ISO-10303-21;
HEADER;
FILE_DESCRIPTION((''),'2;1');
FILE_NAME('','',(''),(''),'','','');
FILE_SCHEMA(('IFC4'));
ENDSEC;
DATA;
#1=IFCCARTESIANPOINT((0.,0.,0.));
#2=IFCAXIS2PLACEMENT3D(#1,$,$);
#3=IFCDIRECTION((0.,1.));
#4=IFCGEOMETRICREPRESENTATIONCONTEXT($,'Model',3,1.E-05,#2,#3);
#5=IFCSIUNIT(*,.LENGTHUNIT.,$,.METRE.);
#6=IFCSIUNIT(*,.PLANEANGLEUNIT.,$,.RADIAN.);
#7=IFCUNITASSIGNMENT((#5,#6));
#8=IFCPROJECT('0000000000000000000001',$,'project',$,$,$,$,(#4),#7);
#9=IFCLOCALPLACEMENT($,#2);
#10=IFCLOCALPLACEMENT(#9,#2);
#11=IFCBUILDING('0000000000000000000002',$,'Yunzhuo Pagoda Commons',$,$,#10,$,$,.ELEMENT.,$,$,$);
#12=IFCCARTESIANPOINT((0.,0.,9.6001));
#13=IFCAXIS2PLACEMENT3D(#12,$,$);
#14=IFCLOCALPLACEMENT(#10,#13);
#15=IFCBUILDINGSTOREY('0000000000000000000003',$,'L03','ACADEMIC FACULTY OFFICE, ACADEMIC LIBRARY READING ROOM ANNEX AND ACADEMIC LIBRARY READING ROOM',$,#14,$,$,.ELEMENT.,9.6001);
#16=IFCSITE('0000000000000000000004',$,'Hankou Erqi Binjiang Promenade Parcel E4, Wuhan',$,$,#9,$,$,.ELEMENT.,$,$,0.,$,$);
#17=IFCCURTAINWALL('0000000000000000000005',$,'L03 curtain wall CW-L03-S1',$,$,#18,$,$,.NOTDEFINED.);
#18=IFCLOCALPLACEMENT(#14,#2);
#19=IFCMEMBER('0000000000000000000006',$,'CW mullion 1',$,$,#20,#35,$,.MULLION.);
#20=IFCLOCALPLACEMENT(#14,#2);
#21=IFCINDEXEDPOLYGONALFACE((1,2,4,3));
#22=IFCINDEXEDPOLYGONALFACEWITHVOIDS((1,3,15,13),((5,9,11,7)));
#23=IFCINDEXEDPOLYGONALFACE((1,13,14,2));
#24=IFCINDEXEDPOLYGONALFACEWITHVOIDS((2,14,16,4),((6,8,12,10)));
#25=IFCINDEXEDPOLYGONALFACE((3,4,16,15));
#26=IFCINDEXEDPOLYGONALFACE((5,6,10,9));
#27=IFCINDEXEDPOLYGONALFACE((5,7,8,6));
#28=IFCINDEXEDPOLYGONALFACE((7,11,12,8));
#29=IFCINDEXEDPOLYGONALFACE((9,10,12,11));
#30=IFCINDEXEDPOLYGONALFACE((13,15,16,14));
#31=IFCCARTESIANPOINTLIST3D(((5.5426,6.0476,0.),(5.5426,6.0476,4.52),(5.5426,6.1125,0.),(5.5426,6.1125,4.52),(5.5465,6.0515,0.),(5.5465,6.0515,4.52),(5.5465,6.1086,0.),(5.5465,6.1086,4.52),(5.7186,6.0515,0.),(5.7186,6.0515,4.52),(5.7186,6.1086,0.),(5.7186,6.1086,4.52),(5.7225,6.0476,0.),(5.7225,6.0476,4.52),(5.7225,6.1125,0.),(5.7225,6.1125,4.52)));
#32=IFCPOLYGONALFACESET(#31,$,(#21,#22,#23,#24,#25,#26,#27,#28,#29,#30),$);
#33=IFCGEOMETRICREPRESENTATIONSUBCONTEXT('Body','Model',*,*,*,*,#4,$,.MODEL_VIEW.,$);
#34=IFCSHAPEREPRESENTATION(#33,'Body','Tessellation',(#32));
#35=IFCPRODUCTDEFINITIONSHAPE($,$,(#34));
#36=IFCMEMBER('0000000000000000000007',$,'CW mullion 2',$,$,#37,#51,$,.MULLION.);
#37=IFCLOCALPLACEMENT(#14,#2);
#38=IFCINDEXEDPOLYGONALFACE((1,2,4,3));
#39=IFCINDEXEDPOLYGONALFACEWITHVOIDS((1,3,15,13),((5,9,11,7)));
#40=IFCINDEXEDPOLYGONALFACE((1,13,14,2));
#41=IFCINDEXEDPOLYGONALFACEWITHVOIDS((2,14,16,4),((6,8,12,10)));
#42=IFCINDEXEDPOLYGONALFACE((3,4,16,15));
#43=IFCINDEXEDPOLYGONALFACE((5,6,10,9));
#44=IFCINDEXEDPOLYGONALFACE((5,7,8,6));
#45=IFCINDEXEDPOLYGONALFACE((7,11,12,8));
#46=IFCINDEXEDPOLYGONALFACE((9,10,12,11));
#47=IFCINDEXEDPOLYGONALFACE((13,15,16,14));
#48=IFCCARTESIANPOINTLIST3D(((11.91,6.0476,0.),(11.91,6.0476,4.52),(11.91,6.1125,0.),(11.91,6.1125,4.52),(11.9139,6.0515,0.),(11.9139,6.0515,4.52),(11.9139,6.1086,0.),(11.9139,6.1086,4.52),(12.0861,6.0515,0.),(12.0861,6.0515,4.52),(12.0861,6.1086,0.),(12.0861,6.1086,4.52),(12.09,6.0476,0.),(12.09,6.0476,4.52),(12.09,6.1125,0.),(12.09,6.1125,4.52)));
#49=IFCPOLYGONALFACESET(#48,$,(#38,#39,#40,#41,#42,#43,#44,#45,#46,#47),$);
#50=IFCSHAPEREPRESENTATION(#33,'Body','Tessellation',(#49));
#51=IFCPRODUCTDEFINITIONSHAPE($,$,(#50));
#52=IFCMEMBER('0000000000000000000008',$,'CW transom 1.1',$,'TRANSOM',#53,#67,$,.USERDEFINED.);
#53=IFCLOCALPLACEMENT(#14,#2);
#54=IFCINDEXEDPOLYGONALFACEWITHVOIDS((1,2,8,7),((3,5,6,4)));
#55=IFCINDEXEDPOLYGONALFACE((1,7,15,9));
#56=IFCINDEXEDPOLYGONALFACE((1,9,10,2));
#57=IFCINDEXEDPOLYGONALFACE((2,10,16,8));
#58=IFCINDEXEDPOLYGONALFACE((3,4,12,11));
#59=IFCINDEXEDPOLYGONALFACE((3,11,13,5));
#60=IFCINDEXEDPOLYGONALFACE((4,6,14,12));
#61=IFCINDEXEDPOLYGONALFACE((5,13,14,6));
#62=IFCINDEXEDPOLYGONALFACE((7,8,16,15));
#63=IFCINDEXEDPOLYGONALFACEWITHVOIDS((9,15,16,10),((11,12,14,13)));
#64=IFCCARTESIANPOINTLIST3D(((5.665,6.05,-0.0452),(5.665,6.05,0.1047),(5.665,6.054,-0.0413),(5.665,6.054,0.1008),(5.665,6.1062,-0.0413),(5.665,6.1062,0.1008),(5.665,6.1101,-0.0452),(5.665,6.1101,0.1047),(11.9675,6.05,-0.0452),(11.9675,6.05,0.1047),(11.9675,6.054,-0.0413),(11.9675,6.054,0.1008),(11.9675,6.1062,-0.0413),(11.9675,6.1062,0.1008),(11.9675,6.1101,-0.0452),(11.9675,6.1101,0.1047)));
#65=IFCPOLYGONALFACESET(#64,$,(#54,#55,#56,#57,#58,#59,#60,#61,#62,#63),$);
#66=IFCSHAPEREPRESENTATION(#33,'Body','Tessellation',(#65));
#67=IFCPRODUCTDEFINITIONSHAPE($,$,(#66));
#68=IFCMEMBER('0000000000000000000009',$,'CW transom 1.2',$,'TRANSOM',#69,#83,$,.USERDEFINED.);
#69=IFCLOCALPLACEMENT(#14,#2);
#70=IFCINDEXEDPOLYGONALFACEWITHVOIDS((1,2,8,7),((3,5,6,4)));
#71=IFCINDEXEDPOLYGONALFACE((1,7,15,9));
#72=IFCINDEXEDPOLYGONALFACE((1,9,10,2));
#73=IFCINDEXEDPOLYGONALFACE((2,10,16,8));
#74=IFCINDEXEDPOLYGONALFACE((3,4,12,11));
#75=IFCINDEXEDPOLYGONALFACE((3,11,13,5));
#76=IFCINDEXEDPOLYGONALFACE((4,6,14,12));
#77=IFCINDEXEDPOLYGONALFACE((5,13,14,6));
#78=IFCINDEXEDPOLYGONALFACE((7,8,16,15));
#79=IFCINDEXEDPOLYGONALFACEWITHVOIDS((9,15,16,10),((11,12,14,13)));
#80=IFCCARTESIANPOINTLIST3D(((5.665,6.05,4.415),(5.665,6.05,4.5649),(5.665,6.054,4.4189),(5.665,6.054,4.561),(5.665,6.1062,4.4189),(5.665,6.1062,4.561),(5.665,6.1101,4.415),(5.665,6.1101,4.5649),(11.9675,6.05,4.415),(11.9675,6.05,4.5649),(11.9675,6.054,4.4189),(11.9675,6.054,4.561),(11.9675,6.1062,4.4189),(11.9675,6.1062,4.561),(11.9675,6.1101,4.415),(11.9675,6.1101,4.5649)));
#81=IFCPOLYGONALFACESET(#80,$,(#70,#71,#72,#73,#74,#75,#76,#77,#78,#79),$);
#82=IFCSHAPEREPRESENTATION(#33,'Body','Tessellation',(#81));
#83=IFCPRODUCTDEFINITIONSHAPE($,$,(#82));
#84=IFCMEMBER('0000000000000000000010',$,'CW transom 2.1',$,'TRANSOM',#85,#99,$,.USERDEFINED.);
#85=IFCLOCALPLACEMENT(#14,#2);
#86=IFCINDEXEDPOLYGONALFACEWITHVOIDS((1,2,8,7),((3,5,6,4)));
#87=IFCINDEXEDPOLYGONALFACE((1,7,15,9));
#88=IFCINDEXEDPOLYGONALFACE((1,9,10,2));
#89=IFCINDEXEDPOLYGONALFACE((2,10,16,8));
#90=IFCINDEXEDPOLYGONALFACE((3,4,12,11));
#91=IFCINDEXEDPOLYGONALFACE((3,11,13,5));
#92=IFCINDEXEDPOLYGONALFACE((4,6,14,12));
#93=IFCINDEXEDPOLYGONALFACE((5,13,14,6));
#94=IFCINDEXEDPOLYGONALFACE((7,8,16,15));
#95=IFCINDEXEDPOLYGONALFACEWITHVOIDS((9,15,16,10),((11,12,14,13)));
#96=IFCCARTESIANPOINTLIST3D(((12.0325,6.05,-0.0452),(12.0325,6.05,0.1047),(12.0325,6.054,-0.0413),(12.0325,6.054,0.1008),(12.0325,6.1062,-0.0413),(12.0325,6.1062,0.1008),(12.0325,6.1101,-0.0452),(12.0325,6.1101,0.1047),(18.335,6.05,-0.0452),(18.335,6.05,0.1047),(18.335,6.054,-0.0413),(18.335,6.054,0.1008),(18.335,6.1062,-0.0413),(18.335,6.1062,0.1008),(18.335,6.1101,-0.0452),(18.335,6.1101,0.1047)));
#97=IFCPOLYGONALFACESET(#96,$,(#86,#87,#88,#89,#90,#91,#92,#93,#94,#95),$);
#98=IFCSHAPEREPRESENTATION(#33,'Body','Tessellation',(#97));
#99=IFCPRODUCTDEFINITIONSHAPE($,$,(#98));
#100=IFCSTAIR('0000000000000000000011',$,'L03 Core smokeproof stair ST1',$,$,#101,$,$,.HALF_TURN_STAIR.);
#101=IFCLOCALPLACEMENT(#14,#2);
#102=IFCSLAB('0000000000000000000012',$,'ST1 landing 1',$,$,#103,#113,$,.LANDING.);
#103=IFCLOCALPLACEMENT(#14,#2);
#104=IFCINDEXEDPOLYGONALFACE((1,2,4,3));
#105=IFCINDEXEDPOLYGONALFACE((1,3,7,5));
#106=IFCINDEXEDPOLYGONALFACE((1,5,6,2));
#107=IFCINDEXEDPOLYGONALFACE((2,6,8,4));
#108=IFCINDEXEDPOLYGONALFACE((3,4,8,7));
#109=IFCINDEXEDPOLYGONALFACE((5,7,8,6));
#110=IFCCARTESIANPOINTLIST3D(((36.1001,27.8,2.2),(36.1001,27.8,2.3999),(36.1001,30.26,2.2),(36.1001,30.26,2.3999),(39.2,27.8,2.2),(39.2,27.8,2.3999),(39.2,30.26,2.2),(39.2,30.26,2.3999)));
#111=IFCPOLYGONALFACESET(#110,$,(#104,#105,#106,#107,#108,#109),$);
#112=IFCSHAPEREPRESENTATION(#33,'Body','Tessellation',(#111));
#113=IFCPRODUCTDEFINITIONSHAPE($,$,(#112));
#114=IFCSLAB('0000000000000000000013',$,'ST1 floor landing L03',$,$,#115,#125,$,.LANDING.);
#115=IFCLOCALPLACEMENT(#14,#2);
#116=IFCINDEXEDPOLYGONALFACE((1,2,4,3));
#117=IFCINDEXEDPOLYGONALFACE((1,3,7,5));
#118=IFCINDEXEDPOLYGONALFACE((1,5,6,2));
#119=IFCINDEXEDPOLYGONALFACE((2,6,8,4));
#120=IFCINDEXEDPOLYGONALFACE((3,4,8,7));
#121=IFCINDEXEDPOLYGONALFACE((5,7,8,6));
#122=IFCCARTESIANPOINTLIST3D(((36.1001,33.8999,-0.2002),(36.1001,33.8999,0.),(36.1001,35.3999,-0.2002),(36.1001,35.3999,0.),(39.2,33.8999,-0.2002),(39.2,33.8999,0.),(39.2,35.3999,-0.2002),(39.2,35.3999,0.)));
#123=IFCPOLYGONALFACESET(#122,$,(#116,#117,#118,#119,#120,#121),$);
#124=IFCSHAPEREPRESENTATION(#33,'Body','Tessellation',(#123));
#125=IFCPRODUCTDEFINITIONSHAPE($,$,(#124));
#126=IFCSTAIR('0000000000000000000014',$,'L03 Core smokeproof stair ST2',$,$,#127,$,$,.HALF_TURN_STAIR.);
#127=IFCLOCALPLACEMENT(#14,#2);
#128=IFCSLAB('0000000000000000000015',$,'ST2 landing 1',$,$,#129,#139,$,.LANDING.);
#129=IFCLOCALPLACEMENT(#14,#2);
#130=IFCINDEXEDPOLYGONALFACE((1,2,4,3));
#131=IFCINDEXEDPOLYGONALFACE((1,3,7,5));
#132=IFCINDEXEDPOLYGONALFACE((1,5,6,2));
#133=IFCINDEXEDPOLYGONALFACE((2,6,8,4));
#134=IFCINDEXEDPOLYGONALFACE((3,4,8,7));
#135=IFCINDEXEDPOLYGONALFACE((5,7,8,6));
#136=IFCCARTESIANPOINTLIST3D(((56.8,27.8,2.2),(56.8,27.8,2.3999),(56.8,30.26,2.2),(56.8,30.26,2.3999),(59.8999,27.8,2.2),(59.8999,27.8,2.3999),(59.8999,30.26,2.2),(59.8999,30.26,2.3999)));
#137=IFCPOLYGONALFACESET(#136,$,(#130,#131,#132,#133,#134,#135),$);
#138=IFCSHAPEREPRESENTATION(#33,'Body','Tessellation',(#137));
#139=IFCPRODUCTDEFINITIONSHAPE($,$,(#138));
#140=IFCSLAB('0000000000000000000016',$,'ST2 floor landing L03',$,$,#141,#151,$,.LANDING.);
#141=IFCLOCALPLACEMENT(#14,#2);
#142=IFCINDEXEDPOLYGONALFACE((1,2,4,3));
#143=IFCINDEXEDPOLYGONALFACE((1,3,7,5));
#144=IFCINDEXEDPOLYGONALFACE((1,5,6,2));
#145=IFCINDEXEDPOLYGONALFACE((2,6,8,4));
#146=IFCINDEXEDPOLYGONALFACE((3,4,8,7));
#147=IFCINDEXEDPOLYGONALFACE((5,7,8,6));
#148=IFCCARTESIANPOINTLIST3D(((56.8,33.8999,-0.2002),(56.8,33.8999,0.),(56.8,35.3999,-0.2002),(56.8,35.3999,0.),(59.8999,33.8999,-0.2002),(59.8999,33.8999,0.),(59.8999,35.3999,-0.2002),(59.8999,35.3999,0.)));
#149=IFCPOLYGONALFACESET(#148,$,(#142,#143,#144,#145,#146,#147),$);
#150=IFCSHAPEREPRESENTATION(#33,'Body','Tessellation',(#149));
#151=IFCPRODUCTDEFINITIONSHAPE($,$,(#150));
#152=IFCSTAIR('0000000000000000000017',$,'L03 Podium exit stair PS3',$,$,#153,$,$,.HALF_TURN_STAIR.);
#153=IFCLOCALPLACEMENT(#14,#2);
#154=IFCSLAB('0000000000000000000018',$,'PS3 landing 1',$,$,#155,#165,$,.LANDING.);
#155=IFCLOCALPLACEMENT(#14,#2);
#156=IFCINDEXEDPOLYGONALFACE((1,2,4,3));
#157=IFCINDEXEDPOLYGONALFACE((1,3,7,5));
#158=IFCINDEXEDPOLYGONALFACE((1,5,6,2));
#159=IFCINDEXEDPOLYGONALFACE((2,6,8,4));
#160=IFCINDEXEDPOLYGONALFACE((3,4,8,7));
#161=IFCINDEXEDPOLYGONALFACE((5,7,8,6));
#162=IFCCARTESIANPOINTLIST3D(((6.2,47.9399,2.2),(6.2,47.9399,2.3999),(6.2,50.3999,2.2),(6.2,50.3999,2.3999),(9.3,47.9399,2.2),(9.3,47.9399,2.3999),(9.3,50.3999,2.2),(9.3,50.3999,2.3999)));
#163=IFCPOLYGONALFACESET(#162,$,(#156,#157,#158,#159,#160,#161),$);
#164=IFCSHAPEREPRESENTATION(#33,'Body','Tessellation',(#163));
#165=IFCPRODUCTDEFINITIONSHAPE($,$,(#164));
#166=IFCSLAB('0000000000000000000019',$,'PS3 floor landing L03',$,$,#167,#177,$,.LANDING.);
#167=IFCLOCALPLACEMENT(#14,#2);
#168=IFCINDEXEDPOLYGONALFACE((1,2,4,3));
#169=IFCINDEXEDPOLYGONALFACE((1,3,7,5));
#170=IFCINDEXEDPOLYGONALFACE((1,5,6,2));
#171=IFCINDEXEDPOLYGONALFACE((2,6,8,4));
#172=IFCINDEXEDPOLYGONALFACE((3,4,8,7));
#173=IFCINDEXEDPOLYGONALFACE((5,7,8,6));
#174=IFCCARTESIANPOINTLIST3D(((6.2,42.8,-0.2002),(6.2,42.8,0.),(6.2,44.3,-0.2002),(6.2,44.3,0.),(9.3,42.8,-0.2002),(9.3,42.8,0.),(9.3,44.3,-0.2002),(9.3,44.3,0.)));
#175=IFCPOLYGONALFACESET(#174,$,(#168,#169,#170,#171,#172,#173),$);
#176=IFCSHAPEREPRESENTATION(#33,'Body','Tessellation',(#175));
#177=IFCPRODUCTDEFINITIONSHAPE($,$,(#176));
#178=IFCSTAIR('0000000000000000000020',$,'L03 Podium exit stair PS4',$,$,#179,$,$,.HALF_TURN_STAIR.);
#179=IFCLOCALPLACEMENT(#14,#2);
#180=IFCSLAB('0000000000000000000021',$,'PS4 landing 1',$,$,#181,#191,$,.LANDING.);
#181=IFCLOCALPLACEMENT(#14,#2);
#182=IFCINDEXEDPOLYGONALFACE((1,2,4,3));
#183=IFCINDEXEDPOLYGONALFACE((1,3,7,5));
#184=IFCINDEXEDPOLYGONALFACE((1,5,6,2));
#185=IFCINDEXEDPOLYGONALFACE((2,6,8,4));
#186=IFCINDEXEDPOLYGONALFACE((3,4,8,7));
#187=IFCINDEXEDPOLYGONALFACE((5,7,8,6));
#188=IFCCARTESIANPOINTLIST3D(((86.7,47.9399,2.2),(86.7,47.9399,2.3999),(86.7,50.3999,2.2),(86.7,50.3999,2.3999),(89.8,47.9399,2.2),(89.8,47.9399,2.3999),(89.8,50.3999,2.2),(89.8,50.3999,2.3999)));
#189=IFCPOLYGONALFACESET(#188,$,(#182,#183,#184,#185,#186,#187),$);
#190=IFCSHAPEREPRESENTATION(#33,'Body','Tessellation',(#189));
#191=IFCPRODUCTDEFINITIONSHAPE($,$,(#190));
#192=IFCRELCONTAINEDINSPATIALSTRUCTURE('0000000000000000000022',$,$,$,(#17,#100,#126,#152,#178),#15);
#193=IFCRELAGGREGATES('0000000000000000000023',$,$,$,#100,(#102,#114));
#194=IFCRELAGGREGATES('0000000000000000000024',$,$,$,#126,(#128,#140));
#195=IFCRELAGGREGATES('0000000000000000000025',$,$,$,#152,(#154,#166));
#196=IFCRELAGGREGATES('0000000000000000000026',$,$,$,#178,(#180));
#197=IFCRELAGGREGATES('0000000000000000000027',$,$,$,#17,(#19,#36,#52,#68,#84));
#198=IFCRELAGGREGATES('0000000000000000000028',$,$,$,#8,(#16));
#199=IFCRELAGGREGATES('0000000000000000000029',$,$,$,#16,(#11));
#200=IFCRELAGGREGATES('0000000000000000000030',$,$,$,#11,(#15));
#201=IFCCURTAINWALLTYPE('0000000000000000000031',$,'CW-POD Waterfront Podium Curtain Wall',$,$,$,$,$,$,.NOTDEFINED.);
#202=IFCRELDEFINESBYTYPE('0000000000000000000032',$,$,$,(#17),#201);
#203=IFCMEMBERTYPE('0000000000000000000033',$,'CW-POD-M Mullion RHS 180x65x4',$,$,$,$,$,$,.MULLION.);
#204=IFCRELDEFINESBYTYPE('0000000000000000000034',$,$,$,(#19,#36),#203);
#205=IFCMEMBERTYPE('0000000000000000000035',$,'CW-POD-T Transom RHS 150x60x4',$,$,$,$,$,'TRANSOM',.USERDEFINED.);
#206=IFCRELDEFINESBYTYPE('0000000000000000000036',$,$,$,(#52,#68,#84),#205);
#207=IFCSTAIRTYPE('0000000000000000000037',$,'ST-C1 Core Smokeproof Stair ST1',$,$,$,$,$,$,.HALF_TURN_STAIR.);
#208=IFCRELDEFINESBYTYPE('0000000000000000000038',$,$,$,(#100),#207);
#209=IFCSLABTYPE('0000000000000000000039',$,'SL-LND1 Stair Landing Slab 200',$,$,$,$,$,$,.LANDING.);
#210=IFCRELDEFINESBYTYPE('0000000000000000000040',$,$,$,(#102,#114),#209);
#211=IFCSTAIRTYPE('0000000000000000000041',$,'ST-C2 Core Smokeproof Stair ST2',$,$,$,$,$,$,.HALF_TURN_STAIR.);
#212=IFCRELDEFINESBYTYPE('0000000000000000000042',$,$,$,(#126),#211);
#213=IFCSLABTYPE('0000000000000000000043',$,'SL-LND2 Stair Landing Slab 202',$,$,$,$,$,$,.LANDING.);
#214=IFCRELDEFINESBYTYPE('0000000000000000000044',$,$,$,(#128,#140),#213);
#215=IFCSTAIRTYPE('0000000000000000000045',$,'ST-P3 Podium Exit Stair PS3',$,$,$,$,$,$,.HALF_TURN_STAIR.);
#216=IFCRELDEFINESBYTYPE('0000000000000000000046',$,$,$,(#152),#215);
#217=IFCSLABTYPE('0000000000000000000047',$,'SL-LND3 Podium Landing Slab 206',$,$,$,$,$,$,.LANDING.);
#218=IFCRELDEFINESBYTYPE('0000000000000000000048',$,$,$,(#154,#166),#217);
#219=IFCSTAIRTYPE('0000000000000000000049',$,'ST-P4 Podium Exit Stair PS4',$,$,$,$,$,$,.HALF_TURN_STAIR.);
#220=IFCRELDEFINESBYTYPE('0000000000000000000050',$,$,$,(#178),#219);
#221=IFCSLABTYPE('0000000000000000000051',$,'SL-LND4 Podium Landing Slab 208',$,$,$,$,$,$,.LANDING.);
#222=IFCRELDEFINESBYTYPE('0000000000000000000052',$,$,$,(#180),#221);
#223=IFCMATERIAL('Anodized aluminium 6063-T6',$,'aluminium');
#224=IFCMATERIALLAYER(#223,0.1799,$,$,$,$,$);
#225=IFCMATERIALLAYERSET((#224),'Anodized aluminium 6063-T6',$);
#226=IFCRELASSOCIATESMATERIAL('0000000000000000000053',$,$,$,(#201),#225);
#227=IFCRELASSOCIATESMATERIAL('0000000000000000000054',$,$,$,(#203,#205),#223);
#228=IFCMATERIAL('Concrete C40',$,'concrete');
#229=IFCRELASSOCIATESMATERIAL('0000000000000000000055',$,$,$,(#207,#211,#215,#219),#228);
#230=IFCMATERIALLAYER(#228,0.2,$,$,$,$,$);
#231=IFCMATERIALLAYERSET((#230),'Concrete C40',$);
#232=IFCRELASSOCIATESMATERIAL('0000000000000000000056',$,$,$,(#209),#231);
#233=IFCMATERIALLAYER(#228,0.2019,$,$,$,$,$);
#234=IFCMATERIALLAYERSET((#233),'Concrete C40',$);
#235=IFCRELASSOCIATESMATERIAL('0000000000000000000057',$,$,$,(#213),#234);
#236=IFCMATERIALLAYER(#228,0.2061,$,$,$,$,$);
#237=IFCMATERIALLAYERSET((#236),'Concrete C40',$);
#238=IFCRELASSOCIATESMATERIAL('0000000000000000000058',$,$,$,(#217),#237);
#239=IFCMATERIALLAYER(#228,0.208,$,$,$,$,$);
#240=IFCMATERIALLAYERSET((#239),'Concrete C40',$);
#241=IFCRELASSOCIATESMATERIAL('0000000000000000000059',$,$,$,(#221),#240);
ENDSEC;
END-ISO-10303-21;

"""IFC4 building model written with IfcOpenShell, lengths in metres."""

from ifc_helpers import new_model, si_unit, direction, frame, origin, origin_2d, place, context, subcontext, project, spatial, polyline, hollow_rectangle, outline, extrude, source, transform, mapped, material, layer, layer_set, material_profile, profile_set, type_object, element, aggregate, save


model = new_model("IFC4")

# Units and contexts
model_context = context("Model", 3, precision=1e-05, world=origin(), true_north=direction((0.0, 1.0)))
body_context = subcontext(model_context, "Body", "Model", "MODEL_VIEW")
ifc_project = project(units=[si_unit("LENGTHUNIT", "METRE"), si_unit("PLANEANGLEUNIT", "RADIAN")], contexts=[model_context])

# Site, building, storey
site_placement = place(None, origin())
site = spatial("IfcSite", under=ifc_project, at=site_placement, Name="Hankou Erqi Binjiang Promenade Parcel E4, Wuhan", CompositionType="ELEMENT", RefElevation=0.0)
building_placement = place(site_placement, origin())
building = spatial("IfcBuilding", under=site, at=building_placement, Name="Yunzhuo Pagoda Commons", CompositionType="ELEMENT")
storey_placement = place(building_placement, frame((0.0, 0.0, 9.6001)))
storey = spatial("IfcBuildingStorey", under=building, at=storey_placement, Name="L03", Description="ACADEMIC FACULTY OFFICE, ACADEMIC LIBRARY READING ROOM ANNEX AND ACADEMIC LIBRARY READING ROOM", CompositionType="ELEMENT", Elevation=9.6001)

# Curtain wall, members
ifc_material_1 = material(Name="Anodized aluminium 6063-T6", Category="aluminium")
ifc_layer_1 = layer(ifc_material_1, 0.1799)
ifc_layer_set_1 = layer_set([ifc_layer_1], Name="Anodized aluminium 6063-T6")
curtain_wall_type = type_object("IfcCurtainWallType", Name="CW-POD Waterfront Podium Curtain Wall", PredefinedType="NOTDEFINED", material=ifc_layer_set_1)
curtain_wall_placement = place(storey_placement, origin())
curtain_wall = element("IfcCurtainWall", 1, at=curtain_wall_placement, inside=storey, type_object=curtain_wall_type, Name="L03 curtain wall CW-L03-S1", PredefinedType="NOTDEFINED")
ifc_material_profile_1 = material_profile(ifc_material_1, hollow_rectangle(XDim=0.0649, YDim=0.1799, WallThickness=0.0039, at=origin_2d()), Name="Anodized aluminium 6063-T6")
ifc_profile_set_1 = profile_set([ifc_material_profile_1], Name="Anodized aluminium 6063-T6")
member_type_1 = type_object("IfcMemberType", Name="CW-POD-M Mullion RHS 180x65x4", PredefinedType="MULLION", material=ifc_profile_set_1)
shared_shape_1 = source(origin(), body_context, "Body", "SweptSolid", [
    extrude(hollow_rectangle(XDim=0.0649, YDim=0.1799, WallThickness=0.0039, at=origin_2d()), origin(), (0.0, 0.0, 1.0), 4.52),
])
member_1_placement = place(storey_placement, frame((5.6326, 6.0801, 0.0), z_axis=(0.0, 0.0, 1.0), x_axis=(0.0, 1.0, 0.0)))
member_1 = element("IfcMember", 2, at=member_1_placement, type_object=member_type_1, Name="CW mullion 1", PredefinedType="MULLION", context=body_context, shape_type="MappedRepresentation", body=[
    mapped(shared_shape_1, transform((0.0, 0.0, 0.0), scale=1.0)),
])
member_2_placement = place(storey_placement, frame((12.0, 6.0801, 0.0), z_axis=(0.0, 0.0, 1.0), x_axis=(0.0, 1.0, 0.0)))
member_2 = element("IfcMember", 3, at=member_2_placement, type_object=member_type_1, Name="CW mullion 2", PredefinedType="MULLION", context=body_context, shape_type="MappedRepresentation", body=[
    mapped(shared_shape_1, transform((0.0, 0.0, 0.0), scale=1.0)),
])
ifc_material_profile_2 = material_profile(ifc_material_1, hollow_rectangle(XDim=0.0601, YDim=0.1499, WallThickness=0.0039, at=origin_2d()), Name="Anodized aluminium 6063-T6")
ifc_profile_set_2 = profile_set([ifc_material_profile_2], Name="Anodized aluminium 6063-T6")
member_type_2 = type_object("IfcMemberType", Name="CW-POD-T Transom RHS 150x60x4", ElementType="TRANSOM", PredefinedType="USERDEFINED", material=ifc_profile_set_2)
shared_shape_2 = source(origin(), body_context, "Body", "SweptSolid", [
    extrude(hollow_rectangle(XDim=0.0601, YDim=0.1499, WallThickness=0.0039, at=origin_2d()), origin(), (0.0, 0.0, 1.0), 6.3025),
])
member_3_placement = place(storey_placement, frame((5.665, 6.0801, 0.0298), z_axis=(1.0, 0.0, 0.0), x_axis=(0.0, 1.0, 0.0)))
member_3 = element("IfcMember", 4, at=member_3_placement, type_object=member_type_2, Name="CW transom 1.1", ObjectType="TRANSOM", PredefinedType="USERDEFINED", context=body_context, shape_type="MappedRepresentation", body=[
    mapped(shared_shape_2, transform((0.0, 0.0, 0.0), scale=1.0)),
])
member_4_placement = place(storey_placement, frame((5.665, 6.0801, 4.49), z_axis=(1.0, 0.0, 0.0), x_axis=(0.0, 1.0, 0.0)))
member_4 = element("IfcMember", 5, at=member_4_placement, type_object=member_type_2, Name="CW transom 1.2", ObjectType="TRANSOM", PredefinedType="USERDEFINED", context=body_context, shape_type="MappedRepresentation", body=[
    mapped(shared_shape_2, transform((0.0, 0.0, 0.0), scale=1.0)),
])
member_5_placement = place(storey_placement, frame((12.0325, 6.0801, 0.0298), z_axis=(1.0, 0.0, 0.0), x_axis=(0.0, 1.0, 0.0)))
member_5 = element("IfcMember", 6, at=member_5_placement, type_object=member_type_2, Name="CW transom 2.1", ObjectType="TRANSOM", PredefinedType="USERDEFINED", context=body_context, shape_type="MappedRepresentation", body=[
    mapped(shared_shape_2, transform((0.0, 0.0, 0.0), scale=1.0)),
])

# Stairs, slabs
ifc_material_2 = material(Name="Concrete C40", Category="concrete")
stair_type_1 = type_object("IfcStairType", Name="ST-C1 Core Smokeproof Stair ST1", PredefinedType="HALF_TURN_STAIR", material=ifc_material_2)
stair_1_placement = place(storey_placement, origin())
stair_1 = element("IfcStair", 7, at=stair_1_placement, inside=storey, type_object=stair_type_1, Name="L03 Core smokeproof stair ST1", PredefinedType="HALF_TURN_STAIR")
ifc_layer_2 = layer(ifc_material_2, 0.2)
ifc_layer_set_2 = layer_set([ifc_layer_2], Name="Concrete C40")
slab_type_1 = type_object("IfcSlabType", Name="SL-LND1 Stair Landing Slab 200", PredefinedType="LANDING", material=ifc_layer_set_2)
slab_1_placement = place(storey_placement, frame((0.0, 0.0, 2.2)))
slab_1 = element("IfcSlab", 8, at=slab_1_placement, type_object=slab_type_1, Name="ST1 landing 1", PredefinedType="LANDING", context=body_context, shape_type="SweptSolid", body=[
    extrude(outline(polyline([(36.1001, 30.26), (36.1001, 27.8), (39.2, 27.8), (39.2, 30.26), (36.1001, 30.26)])), origin(), (0.0, 0.0, 1.0), 0.2),
])
slab_2_placement = place(storey_placement, frame((0.0, 0.0, -0.2002)))
slab_2 = element("IfcSlab", 9, at=slab_2_placement, type_object=slab_type_1, Name="ST1 floor landing L03", PredefinedType="LANDING", context=body_context, shape_type="SweptSolid", body=[
    extrude(outline(polyline([(36.1001, 35.3999), (36.1001, 33.8999), (39.2, 33.8999), (39.2, 35.3999), (36.1001, 35.3999)])), origin(), (0.0, 0.0, 1.0), 0.2002),
])
aggregate(stair_1, [slab_1, slab_2])
stair_type_2 = type_object("IfcStairType", Name="ST-C2 Core Smokeproof Stair ST2", PredefinedType="HALF_TURN_STAIR", material=ifc_material_2)
stair_2_placement = place(storey_placement, origin())
stair_2 = element("IfcStair", 10, at=stair_2_placement, inside=storey, type_object=stair_type_2, Name="L03 Core smokeproof stair ST2", PredefinedType="HALF_TURN_STAIR")
ifc_layer_3 = layer(ifc_material_2, 0.2019)
ifc_layer_set_3 = layer_set([ifc_layer_3], Name="Concrete C40")
slab_type_2 = type_object("IfcSlabType", Name="SL-LND2 Stair Landing Slab 202", PredefinedType="LANDING", material=ifc_layer_set_3)
slab_3_placement = place(storey_placement, frame((0.0, 0.0, 2.2)))
slab_3 = element("IfcSlab", 11, at=slab_3_placement, type_object=slab_type_2, Name="ST2 landing 1", PredefinedType="LANDING", context=body_context, shape_type="SweptSolid", body=[
    extrude(outline(polyline([(56.8, 30.26), (56.8, 27.8), (59.8999, 27.8), (59.8999, 30.26), (56.8, 30.26)])), origin(), (0.0, 0.0, 1.0), 0.2),
])
slab_4_placement = place(storey_placement, frame((0.0, 0.0, -0.2002)))
slab_4 = element("IfcSlab", 12, at=slab_4_placement, type_object=slab_type_2, Name="ST2 floor landing L03", PredefinedType="LANDING", context=body_context, shape_type="SweptSolid", body=[
    extrude(outline(polyline([(56.8, 35.3999), (56.8, 33.8999), (59.8999, 33.8999), (59.8999, 35.3999), (56.8, 35.3999)])), origin(), (0.0, 0.0, 1.0), 0.2002),
])
aggregate(stair_2, [slab_3, slab_4])
stair_type_3 = type_object("IfcStairType", Name="ST-P3 Podium Exit Stair PS3", PredefinedType="HALF_TURN_STAIR", material=ifc_material_2)
stair_3_placement = place(storey_placement, origin())
stair_3 = element("IfcStair", 13, at=stair_3_placement, inside=storey, type_object=stair_type_3, Name="L03 Podium exit stair PS3", PredefinedType="HALF_TURN_STAIR")
ifc_layer_4 = layer(ifc_material_2, 0.2061)
ifc_layer_set_4 = layer_set([ifc_layer_4], Name="Concrete C40")
slab_type_3 = type_object("IfcSlabType", Name="SL-LND3 Podium Landing Slab 206", PredefinedType="LANDING", material=ifc_layer_set_4)
slab_5_placement = place(storey_placement, frame((0.0, 0.0, 2.2)))
slab_5 = element("IfcSlab", 14, at=slab_5_placement, type_object=slab_type_3, Name="PS3 landing 1", PredefinedType="LANDING", context=body_context, shape_type="SweptSolid", body=[
    extrude(outline(polyline([(9.3, 47.9399), (9.3, 50.3999), (6.2, 50.3999), (6.2, 47.9399), (9.3, 47.9399)])), origin(), (0.0, 0.0, 1.0), 0.2),
])
slab_6_placement = place(storey_placement, frame((0.0, 0.0, -0.2002)))
slab_6 = element("IfcSlab", 15, at=slab_6_placement, type_object=slab_type_3, Name="PS3 floor landing L03", PredefinedType="LANDING", context=body_context, shape_type="SweptSolid", body=[
    extrude(outline(polyline([(9.3, 42.8), (9.3, 44.3), (6.2, 44.3), (6.2, 42.8), (9.3, 42.8)])), origin(), (0.0, 0.0, 1.0), 0.2002),
])
aggregate(stair_3, [slab_5, slab_6])
stair_type_4 = type_object("IfcStairType", Name="ST-P4 Podium Exit Stair PS4", PredefinedType="HALF_TURN_STAIR", material=ifc_material_2)
stair_4_placement = place(storey_placement, origin())
stair_4 = element("IfcStair", 16, at=stair_4_placement, inside=storey, type_object=stair_type_4, Name="L03 Podium exit stair PS4", PredefinedType="HALF_TURN_STAIR")
ifc_layer_5 = layer(ifc_material_2, 0.208)
ifc_layer_set_5 = layer_set([ifc_layer_5], Name="Concrete C40")
slab_type_4 = type_object("IfcSlabType", Name="SL-LND4 Podium Landing Slab 208", PredefinedType="LANDING", material=ifc_layer_set_5)
slab_7_placement = place(storey_placement, frame((0.0, 0.0, 2.2)))
slab_7 = element("IfcSlab", 17, at=slab_7_placement, type_object=slab_type_4, Name="PS4 landing 1", PredefinedType="LANDING", context=body_context, shape_type="SweptSolid", body=[
    extrude(outline(polyline([(89.8, 47.9399), (89.8, 50.3999), (86.7, 50.3999), (86.7, 47.9399), (89.8, 47.9399)])), origin(), (0.0, 0.0, 1.0), 0.2),
])
aggregate(stair_4, [slab_7])

aggregate(curtain_wall, [member_1, member_2, member_3, member_4, member_5])

save(model, "model.ifc")
